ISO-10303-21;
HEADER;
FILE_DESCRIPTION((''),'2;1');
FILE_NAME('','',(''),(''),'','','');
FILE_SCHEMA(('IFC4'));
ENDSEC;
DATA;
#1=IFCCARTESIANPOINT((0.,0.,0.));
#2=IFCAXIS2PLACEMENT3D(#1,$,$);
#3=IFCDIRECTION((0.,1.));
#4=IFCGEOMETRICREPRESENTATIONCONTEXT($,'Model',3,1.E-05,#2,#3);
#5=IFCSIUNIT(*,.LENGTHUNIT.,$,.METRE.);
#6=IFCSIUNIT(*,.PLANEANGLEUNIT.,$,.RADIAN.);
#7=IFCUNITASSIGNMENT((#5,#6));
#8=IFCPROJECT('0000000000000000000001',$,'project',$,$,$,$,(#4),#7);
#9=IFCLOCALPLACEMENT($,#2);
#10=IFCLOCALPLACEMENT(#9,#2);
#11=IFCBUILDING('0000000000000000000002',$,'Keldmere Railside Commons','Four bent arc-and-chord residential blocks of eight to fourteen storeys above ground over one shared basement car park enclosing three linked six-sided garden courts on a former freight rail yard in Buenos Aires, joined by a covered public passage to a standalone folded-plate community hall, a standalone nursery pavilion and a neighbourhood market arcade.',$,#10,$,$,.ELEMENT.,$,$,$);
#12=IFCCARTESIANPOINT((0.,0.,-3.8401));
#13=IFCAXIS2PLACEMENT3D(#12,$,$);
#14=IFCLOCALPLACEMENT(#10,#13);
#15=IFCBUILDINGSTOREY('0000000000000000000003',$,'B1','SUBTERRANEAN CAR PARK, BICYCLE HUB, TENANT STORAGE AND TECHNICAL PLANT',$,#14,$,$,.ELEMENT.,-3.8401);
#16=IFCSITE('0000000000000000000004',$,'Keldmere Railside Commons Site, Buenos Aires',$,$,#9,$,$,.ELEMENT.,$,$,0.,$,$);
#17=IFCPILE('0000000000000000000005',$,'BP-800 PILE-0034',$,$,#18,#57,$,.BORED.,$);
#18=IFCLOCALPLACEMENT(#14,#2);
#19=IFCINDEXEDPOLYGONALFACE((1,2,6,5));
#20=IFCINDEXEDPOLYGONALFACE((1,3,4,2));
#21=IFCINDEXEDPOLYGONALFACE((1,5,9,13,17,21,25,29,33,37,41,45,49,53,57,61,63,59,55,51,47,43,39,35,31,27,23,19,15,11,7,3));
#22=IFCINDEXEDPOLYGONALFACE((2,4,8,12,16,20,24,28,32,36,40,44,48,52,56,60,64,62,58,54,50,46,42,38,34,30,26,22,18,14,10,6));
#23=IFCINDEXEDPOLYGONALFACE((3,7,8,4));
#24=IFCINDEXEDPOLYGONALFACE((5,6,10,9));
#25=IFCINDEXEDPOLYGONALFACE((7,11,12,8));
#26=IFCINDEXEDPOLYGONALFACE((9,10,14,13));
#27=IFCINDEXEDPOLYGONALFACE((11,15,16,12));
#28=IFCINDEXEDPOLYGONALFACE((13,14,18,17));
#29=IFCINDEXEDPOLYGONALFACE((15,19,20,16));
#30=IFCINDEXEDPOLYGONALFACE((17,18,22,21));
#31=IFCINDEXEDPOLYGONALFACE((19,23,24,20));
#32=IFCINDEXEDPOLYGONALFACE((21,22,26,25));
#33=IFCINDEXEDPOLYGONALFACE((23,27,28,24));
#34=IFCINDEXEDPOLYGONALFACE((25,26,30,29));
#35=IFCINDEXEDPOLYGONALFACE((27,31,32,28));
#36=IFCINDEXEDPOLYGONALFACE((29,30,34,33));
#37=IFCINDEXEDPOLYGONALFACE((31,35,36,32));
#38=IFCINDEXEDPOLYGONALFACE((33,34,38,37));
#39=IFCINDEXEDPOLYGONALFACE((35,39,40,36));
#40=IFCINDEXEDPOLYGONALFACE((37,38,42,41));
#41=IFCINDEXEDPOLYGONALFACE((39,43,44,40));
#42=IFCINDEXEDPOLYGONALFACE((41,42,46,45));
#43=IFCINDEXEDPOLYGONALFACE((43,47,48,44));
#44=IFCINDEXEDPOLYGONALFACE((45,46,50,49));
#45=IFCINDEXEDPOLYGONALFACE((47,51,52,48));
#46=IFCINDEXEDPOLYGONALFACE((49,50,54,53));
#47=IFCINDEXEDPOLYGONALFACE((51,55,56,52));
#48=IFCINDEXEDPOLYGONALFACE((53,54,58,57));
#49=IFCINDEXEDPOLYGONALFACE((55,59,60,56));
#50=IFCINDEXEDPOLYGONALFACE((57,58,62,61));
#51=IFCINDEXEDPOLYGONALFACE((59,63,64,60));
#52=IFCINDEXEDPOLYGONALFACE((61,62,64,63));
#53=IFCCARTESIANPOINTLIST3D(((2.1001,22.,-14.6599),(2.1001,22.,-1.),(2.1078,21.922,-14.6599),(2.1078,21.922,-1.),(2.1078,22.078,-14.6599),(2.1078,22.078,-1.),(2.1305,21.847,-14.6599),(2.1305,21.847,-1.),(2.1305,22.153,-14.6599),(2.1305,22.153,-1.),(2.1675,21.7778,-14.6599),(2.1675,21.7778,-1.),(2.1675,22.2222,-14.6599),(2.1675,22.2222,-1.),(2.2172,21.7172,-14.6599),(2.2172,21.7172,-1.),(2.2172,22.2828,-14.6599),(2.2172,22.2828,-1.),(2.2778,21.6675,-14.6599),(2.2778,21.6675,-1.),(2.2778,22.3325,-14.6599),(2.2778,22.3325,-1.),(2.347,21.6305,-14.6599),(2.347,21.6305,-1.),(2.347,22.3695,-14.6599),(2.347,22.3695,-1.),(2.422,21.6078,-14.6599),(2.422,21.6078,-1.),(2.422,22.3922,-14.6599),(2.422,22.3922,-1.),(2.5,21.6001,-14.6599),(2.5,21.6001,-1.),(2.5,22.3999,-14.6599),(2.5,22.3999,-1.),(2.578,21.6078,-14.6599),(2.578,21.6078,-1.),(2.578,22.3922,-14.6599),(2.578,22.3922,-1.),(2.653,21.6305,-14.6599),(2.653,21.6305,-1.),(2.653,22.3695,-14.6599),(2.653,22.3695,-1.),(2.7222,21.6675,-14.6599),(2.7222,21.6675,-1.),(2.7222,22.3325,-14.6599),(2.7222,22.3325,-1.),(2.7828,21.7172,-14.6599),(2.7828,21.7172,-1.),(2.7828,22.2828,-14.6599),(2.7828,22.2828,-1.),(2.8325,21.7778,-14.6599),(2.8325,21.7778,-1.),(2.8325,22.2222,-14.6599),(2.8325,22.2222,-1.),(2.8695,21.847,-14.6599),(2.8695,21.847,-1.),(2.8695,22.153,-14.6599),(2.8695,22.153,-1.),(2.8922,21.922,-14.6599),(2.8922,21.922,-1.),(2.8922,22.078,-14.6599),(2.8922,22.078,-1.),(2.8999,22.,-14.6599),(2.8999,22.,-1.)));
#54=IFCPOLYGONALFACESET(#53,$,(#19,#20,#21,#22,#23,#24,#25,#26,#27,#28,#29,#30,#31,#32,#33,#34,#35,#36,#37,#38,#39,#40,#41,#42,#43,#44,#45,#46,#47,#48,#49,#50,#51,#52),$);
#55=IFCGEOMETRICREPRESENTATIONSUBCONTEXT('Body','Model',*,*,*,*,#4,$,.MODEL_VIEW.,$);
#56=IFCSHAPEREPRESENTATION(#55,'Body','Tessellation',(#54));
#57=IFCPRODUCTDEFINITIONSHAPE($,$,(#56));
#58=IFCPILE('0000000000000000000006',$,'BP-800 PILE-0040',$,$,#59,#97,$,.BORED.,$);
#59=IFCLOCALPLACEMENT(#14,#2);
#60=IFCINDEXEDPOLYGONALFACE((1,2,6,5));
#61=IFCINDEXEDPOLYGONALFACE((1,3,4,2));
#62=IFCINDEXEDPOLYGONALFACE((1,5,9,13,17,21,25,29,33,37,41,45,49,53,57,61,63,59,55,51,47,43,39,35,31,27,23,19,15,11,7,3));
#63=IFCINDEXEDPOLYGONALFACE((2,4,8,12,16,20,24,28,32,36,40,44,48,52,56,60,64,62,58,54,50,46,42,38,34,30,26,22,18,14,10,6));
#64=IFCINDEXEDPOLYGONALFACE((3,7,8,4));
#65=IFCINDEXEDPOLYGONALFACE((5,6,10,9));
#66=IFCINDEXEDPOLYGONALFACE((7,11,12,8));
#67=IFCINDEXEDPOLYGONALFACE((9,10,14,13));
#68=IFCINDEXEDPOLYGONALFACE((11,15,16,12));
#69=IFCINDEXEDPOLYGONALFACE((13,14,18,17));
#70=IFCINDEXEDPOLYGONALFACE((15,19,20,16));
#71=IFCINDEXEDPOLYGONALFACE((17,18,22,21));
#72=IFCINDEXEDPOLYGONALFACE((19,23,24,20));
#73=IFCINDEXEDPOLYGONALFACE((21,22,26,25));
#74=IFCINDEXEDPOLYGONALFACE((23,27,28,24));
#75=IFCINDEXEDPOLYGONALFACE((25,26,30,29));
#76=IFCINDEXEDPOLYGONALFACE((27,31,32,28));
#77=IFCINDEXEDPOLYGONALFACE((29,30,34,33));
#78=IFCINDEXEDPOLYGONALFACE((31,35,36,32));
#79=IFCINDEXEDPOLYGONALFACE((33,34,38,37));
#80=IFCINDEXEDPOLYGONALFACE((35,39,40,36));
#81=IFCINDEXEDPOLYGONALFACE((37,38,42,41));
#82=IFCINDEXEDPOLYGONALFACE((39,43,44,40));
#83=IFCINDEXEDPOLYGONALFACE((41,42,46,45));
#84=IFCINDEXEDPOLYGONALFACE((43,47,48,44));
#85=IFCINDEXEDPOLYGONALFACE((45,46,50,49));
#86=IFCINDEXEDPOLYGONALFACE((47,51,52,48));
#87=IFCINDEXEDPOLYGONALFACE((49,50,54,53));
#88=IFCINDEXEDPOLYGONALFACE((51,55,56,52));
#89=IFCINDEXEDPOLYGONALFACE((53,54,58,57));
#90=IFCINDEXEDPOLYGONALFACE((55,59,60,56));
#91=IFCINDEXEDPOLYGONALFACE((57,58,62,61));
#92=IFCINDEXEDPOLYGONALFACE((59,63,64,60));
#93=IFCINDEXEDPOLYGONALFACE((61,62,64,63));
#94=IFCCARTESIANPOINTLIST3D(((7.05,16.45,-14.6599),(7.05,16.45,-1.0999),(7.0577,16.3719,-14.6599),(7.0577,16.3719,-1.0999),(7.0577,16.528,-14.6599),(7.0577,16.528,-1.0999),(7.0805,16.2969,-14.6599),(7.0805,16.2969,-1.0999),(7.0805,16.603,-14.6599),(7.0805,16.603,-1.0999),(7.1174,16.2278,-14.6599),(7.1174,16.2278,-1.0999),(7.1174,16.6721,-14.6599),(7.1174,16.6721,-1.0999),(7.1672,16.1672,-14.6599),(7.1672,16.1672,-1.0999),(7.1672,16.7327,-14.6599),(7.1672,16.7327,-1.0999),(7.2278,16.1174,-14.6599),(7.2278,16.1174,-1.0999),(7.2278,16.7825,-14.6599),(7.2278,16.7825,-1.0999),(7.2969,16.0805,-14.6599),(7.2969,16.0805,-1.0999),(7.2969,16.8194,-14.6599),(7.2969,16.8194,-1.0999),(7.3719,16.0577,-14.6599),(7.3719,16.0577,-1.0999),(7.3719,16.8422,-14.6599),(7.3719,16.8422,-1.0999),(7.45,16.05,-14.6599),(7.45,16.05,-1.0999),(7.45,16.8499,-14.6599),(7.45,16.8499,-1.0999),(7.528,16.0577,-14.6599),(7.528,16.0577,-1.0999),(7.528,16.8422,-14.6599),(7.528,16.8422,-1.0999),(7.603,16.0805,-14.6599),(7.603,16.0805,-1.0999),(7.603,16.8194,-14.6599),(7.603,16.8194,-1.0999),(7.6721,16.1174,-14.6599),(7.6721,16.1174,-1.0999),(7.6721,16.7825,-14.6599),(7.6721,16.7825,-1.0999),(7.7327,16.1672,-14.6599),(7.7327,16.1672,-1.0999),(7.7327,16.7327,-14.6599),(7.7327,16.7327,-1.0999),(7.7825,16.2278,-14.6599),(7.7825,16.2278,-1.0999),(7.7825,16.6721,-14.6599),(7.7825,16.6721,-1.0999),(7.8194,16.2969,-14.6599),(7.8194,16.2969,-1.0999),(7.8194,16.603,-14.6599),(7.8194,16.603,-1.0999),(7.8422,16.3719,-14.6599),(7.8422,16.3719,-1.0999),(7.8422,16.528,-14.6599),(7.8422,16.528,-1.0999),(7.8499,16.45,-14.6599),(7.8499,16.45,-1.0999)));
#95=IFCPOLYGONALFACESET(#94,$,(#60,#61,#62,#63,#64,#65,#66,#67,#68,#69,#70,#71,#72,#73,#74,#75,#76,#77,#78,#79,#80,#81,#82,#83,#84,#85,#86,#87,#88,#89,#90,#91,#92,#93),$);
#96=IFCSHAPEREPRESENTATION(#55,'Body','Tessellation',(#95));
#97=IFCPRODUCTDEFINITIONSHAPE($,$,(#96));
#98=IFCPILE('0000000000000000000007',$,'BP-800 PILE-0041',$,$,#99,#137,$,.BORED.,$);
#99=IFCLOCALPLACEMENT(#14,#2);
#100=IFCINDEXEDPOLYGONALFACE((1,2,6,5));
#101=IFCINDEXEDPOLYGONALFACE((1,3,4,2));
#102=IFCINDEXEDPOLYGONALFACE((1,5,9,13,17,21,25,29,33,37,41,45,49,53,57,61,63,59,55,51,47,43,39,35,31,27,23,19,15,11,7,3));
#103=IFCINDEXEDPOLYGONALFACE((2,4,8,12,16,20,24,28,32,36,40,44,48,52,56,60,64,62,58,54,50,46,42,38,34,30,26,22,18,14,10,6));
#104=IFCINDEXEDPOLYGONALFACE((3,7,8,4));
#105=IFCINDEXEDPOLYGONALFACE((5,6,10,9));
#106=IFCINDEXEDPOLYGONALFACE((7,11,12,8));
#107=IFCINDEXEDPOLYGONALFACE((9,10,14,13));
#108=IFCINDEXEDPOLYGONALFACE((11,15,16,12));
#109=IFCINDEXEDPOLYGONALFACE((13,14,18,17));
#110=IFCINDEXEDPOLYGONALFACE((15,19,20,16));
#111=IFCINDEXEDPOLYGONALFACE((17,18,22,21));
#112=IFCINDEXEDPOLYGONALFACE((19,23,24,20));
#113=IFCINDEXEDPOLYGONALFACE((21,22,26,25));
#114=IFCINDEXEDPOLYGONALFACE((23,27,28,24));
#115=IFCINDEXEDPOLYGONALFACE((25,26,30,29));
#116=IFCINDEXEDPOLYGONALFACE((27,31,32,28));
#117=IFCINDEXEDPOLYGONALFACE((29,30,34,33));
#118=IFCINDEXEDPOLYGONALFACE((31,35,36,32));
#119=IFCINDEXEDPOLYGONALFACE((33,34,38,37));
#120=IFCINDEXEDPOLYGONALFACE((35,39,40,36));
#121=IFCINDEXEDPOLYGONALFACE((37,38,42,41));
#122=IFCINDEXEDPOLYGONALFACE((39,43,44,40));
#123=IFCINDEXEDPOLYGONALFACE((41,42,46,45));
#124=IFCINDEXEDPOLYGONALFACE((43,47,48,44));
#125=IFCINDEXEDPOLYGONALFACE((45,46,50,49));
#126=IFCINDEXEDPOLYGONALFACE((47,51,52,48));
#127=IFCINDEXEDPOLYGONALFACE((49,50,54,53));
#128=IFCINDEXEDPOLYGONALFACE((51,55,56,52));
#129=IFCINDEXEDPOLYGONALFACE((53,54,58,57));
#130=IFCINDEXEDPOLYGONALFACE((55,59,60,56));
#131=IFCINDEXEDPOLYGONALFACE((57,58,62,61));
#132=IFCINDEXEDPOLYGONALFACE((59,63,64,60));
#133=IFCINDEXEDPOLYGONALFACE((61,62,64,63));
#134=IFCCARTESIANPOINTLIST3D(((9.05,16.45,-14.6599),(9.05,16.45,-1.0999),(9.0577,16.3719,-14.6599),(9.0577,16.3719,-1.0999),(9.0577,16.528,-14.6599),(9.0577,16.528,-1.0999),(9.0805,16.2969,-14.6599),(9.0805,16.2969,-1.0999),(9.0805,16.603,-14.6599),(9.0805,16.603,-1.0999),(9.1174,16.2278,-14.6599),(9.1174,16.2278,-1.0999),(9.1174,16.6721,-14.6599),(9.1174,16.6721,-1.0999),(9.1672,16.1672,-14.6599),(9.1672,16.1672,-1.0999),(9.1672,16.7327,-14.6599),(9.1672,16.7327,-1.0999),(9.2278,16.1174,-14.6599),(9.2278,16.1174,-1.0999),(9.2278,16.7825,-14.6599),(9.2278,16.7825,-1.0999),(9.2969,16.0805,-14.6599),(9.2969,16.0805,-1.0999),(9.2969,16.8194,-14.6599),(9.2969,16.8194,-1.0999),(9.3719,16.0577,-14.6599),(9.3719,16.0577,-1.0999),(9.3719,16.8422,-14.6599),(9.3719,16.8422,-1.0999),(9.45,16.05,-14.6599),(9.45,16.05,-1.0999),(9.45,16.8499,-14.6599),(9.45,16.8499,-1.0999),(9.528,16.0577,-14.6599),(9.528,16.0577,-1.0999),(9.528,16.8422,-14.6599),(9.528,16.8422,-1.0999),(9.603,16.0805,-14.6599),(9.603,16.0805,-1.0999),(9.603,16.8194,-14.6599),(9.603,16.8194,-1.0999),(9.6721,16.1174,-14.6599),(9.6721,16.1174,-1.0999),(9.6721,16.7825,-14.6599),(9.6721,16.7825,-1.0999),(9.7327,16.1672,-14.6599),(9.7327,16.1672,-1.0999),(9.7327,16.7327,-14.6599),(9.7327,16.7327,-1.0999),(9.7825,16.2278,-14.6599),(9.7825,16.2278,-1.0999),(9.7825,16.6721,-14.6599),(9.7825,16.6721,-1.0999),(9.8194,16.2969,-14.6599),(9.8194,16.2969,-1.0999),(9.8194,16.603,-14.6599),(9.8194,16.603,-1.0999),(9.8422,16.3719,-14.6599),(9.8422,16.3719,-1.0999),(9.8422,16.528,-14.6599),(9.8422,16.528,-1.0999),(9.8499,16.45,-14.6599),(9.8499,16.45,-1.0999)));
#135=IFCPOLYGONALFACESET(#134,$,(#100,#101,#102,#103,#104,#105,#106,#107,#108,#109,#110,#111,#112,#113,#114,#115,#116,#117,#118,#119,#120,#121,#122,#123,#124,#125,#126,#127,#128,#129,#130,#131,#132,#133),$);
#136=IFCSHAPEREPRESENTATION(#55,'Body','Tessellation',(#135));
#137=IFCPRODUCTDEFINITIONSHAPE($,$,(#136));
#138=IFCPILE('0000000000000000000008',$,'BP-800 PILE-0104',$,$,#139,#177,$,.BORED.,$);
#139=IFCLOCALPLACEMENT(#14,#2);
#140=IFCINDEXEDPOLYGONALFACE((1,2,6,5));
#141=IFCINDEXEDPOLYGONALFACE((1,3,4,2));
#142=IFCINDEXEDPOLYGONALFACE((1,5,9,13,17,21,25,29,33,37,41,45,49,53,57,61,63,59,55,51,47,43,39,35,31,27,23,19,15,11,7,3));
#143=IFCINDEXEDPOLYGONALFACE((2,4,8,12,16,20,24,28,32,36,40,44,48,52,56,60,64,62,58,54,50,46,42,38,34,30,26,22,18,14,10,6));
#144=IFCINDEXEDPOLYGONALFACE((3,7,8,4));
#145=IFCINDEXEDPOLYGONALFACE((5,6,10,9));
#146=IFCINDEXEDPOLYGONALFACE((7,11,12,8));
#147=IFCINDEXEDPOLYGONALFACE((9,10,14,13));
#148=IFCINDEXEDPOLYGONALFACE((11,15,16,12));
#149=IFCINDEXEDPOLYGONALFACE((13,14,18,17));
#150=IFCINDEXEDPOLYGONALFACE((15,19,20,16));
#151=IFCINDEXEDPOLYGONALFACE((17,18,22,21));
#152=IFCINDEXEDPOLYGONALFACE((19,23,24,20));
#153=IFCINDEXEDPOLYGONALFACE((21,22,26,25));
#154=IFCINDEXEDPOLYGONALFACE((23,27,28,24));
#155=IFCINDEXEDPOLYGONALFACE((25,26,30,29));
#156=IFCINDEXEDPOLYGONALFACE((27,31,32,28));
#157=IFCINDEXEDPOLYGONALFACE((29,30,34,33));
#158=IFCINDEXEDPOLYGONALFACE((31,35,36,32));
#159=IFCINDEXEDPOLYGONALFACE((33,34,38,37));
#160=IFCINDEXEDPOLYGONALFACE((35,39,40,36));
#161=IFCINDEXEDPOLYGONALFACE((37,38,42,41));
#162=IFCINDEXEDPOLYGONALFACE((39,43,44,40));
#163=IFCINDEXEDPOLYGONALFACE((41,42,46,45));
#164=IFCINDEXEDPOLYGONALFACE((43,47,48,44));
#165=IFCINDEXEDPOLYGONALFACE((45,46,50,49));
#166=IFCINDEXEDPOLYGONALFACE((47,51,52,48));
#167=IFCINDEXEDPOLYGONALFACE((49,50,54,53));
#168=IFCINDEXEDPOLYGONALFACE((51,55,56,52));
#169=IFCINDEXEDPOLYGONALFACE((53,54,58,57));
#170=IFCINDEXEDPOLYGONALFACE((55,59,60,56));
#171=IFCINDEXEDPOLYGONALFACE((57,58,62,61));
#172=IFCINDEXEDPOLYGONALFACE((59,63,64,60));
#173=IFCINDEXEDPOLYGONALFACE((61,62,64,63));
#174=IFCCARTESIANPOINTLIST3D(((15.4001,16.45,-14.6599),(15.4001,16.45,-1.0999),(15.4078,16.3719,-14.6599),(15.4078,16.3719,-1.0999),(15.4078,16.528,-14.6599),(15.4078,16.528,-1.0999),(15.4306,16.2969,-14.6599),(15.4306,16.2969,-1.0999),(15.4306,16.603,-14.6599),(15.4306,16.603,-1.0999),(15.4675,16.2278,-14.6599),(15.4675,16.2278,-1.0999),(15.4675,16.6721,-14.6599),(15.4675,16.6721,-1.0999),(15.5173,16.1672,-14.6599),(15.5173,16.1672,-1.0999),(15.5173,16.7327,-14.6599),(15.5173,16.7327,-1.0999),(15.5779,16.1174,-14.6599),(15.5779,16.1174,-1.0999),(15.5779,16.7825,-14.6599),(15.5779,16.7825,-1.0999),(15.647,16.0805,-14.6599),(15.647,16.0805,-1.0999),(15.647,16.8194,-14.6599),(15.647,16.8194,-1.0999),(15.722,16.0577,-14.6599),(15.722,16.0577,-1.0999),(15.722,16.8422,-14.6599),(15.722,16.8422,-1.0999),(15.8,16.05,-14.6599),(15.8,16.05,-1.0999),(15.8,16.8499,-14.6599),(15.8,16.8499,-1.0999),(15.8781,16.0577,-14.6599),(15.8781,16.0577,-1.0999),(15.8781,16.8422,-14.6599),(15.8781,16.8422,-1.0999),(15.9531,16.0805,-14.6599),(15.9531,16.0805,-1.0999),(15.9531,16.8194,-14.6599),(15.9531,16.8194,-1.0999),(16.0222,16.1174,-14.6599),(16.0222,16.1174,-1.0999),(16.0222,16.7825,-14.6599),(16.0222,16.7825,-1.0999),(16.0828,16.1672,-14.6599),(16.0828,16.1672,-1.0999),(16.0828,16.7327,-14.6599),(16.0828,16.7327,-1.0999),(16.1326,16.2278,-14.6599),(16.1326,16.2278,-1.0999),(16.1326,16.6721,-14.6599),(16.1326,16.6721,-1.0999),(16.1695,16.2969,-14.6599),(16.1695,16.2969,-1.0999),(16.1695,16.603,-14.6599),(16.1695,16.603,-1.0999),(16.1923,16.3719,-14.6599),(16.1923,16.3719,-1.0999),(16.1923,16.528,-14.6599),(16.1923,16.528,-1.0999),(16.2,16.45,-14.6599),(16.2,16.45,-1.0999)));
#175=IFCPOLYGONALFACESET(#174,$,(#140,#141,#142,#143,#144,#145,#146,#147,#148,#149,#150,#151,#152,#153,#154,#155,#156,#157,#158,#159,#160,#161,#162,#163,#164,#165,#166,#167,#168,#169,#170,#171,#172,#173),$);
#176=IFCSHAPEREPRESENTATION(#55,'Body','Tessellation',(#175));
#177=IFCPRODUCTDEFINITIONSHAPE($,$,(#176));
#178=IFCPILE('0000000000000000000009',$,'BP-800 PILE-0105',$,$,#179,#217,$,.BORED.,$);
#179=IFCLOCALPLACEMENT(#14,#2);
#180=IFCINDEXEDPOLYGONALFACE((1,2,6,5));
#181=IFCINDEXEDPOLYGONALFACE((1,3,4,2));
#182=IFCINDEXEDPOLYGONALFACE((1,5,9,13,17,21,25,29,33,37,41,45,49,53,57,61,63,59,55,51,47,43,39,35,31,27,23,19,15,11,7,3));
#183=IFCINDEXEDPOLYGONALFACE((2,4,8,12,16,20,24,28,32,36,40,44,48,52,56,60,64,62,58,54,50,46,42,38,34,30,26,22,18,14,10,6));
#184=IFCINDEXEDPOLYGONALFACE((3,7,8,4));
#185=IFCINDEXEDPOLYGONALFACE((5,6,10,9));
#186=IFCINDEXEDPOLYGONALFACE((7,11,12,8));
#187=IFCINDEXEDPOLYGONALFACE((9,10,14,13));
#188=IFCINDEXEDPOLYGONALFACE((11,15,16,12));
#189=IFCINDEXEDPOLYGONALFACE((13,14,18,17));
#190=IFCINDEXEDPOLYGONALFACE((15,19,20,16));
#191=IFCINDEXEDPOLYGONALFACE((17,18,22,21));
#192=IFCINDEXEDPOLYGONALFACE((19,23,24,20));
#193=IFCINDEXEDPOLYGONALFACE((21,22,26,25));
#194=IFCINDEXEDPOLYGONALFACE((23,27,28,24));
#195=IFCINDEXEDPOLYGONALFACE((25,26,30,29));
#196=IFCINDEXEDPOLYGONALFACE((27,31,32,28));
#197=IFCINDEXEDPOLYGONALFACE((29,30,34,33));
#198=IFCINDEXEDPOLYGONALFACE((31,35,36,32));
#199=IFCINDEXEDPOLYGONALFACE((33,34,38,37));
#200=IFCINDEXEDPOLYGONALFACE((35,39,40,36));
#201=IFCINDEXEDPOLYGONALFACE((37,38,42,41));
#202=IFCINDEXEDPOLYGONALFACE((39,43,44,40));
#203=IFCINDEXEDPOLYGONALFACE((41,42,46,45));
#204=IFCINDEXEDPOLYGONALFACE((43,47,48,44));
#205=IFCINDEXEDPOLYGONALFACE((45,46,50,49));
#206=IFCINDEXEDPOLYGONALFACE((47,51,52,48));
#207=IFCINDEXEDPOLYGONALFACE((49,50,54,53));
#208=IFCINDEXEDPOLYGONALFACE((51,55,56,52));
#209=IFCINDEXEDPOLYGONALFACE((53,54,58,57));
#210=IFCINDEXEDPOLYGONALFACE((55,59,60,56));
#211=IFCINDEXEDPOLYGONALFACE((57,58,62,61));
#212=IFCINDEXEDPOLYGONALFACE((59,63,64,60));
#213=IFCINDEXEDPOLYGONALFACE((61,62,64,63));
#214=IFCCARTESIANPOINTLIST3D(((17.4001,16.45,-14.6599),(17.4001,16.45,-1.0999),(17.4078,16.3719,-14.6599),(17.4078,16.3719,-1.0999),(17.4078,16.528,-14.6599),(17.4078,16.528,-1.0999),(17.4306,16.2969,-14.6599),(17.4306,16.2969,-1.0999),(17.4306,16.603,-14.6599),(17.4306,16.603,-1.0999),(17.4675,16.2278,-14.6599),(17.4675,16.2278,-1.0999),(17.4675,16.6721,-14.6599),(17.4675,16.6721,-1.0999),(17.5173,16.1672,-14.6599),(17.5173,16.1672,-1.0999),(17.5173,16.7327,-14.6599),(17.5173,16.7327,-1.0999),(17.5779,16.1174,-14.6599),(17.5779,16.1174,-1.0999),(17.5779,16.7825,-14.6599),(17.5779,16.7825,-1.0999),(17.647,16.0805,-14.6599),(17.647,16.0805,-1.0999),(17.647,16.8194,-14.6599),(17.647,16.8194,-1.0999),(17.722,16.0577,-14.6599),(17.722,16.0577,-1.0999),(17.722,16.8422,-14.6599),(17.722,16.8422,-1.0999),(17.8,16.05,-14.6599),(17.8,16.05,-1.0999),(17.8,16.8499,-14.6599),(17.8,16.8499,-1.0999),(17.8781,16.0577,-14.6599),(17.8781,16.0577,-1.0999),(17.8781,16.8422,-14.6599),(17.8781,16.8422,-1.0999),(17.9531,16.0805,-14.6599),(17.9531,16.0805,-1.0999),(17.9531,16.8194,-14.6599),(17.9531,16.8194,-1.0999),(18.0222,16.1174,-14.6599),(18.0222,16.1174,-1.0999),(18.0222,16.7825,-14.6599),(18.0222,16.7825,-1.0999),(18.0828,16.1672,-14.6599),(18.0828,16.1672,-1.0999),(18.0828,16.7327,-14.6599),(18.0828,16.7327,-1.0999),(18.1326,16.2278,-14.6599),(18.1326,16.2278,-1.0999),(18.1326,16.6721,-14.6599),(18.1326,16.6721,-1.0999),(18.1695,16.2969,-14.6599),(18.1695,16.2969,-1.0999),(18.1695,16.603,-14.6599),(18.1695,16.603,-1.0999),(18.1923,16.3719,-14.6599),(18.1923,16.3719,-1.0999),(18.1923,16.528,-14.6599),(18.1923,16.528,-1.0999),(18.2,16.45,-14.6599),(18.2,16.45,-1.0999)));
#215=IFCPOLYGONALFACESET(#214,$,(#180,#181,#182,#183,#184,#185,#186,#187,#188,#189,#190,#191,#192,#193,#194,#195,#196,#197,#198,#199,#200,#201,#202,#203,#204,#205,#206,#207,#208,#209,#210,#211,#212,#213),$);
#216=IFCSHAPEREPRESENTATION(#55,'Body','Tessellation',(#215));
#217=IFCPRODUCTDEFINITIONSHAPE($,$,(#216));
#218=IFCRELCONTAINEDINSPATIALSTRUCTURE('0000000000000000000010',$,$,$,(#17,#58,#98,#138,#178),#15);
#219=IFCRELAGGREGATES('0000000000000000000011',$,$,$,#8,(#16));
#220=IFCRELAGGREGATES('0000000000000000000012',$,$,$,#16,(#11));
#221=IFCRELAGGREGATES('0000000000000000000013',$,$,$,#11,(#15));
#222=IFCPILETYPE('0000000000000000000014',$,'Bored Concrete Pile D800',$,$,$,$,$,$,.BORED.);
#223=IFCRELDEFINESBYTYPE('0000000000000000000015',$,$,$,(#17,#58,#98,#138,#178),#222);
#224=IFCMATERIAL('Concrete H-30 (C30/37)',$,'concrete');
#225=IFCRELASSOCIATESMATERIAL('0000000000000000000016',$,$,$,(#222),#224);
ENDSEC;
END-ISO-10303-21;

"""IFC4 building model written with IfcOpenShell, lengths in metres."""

from ifc_helpers import new_model, si_unit, direction, frame, origin, origin_2d, place, context, subcontext, project, spatial, circle, extrude, material, material_profile, profile_set, type_object, element, save


model = new_model("IFC4")

# Units and contexts
model_context = context("Model", 3, precision=1e-05, world=origin(), true_north=direction((0.0, 1.0)))
body_context = subcontext(model_context, "Body", "Model", "MODEL_VIEW")
ifc_project = project(units=[si_unit("LENGTHUNIT", "METRE"), si_unit("PLANEANGLEUNIT", "RADIAN")], contexts=[model_context])

# Site, building, storey
site_placement = place(None, origin())
site = spatial("IfcSite", under=ifc_project, at=site_placement, Name="Keldmere Railside Commons Site, Buenos Aires", CompositionType="ELEMENT", RefElevation=0.0)
building_placement = place(site_placement, origin())
building = spatial("IfcBuilding", under=site, at=building_placement, Name="Keldmere Railside Commons", Description="Four bent arc-and-chord residential blocks of eight to fourteen storeys above ground over one shared basement car park enclosing three linked six-sided garden courts on a former freight rail yard in Buenos Aires, joined by a covered public passage to a standalone folded-plate community hall, a standalone nursery pavilion and a neighbourhood market arcade.", CompositionType="ELEMENT")
storey_placement = place(building_placement, frame((0.0, 0.0, -3.8401)))
storey = spatial("IfcBuildingStorey", under=building, at=storey_placement, Name="B1", Description="SUBTERRANEAN CAR PARK, BICYCLE HUB, TENANT STORAGE AND TECHNICAL PLANT", CompositionType="ELEMENT", Elevation=-3.8401)

# Piles
ifc_material_1 = material(Name="Concrete H-30 (C30/37)", Category="concrete")
ifc_material_profile_1 = material_profile(ifc_material_1, circle(Radius=0.3999, at=origin_2d()), Name="PILE-D800")
ifc_profile_set_1 = profile_set([ifc_material_profile_1], Name="Concrete H-30 (C30/37)")
pile_type = type_object("IfcPileType", Name="Bored Concrete Pile D800", PredefinedType="BORED", material=ifc_profile_set_1)
pile_placement = place(storey_placement, frame((2.5, 22.0, -1.0), z_axis=(0.0, 0.0, -1.0), x_axis=(1.0, 0.0, 0.0)))
element("IfcPile", 1, at=pile_placement, inside=storey, type_object=pile_type, Name="BP-800 PILE-0034", PredefinedType="BORED", context=body_context, shape_type="SweptSolid", body=[
    extrude(circle(Radius=0.3999, at=origin_2d()), origin(), (0.0, 0.0, 1.0), 13.6599),
])
for number, where, z_axis, x_axis, name in (
    (2, (7.45, 16.45, -1.0999), (0.0, 0.0, -1.0), (1.0, 0.0, 0.0), "BP-800 PILE-0040"),
    (3, (9.45, 16.45, -1.0999), (0.0, 0.0, -1.0), (1.0, 0.0, 0.0), "BP-800 PILE-0041"),
    (4, (15.8, 16.45, -1.0999), (0.0, 0.0, -1.0), (1.0, 0.0, 0.0), "BP-800 PILE-0104"),
    (5, (17.8, 16.45, -1.0999), (0.0, 0.0, -1.0), (1.0, 0.0, 0.0), "BP-800 PILE-0105"),
):
    element("IfcPile", number, at=place(storey_placement, frame(where, z_axis=z_axis, x_axis=x_axis)), inside=storey, type_object=pile_type, Name=name, PredefinedType="BORED", context=body_context, shape_type="SweptSolid", body=[
        extrude(circle(Radius=0.3999, at=origin_2d()), origin(), (0.0, 0.0, 1.0), 13.5601),
    ])

save(model, "model.ifc")
